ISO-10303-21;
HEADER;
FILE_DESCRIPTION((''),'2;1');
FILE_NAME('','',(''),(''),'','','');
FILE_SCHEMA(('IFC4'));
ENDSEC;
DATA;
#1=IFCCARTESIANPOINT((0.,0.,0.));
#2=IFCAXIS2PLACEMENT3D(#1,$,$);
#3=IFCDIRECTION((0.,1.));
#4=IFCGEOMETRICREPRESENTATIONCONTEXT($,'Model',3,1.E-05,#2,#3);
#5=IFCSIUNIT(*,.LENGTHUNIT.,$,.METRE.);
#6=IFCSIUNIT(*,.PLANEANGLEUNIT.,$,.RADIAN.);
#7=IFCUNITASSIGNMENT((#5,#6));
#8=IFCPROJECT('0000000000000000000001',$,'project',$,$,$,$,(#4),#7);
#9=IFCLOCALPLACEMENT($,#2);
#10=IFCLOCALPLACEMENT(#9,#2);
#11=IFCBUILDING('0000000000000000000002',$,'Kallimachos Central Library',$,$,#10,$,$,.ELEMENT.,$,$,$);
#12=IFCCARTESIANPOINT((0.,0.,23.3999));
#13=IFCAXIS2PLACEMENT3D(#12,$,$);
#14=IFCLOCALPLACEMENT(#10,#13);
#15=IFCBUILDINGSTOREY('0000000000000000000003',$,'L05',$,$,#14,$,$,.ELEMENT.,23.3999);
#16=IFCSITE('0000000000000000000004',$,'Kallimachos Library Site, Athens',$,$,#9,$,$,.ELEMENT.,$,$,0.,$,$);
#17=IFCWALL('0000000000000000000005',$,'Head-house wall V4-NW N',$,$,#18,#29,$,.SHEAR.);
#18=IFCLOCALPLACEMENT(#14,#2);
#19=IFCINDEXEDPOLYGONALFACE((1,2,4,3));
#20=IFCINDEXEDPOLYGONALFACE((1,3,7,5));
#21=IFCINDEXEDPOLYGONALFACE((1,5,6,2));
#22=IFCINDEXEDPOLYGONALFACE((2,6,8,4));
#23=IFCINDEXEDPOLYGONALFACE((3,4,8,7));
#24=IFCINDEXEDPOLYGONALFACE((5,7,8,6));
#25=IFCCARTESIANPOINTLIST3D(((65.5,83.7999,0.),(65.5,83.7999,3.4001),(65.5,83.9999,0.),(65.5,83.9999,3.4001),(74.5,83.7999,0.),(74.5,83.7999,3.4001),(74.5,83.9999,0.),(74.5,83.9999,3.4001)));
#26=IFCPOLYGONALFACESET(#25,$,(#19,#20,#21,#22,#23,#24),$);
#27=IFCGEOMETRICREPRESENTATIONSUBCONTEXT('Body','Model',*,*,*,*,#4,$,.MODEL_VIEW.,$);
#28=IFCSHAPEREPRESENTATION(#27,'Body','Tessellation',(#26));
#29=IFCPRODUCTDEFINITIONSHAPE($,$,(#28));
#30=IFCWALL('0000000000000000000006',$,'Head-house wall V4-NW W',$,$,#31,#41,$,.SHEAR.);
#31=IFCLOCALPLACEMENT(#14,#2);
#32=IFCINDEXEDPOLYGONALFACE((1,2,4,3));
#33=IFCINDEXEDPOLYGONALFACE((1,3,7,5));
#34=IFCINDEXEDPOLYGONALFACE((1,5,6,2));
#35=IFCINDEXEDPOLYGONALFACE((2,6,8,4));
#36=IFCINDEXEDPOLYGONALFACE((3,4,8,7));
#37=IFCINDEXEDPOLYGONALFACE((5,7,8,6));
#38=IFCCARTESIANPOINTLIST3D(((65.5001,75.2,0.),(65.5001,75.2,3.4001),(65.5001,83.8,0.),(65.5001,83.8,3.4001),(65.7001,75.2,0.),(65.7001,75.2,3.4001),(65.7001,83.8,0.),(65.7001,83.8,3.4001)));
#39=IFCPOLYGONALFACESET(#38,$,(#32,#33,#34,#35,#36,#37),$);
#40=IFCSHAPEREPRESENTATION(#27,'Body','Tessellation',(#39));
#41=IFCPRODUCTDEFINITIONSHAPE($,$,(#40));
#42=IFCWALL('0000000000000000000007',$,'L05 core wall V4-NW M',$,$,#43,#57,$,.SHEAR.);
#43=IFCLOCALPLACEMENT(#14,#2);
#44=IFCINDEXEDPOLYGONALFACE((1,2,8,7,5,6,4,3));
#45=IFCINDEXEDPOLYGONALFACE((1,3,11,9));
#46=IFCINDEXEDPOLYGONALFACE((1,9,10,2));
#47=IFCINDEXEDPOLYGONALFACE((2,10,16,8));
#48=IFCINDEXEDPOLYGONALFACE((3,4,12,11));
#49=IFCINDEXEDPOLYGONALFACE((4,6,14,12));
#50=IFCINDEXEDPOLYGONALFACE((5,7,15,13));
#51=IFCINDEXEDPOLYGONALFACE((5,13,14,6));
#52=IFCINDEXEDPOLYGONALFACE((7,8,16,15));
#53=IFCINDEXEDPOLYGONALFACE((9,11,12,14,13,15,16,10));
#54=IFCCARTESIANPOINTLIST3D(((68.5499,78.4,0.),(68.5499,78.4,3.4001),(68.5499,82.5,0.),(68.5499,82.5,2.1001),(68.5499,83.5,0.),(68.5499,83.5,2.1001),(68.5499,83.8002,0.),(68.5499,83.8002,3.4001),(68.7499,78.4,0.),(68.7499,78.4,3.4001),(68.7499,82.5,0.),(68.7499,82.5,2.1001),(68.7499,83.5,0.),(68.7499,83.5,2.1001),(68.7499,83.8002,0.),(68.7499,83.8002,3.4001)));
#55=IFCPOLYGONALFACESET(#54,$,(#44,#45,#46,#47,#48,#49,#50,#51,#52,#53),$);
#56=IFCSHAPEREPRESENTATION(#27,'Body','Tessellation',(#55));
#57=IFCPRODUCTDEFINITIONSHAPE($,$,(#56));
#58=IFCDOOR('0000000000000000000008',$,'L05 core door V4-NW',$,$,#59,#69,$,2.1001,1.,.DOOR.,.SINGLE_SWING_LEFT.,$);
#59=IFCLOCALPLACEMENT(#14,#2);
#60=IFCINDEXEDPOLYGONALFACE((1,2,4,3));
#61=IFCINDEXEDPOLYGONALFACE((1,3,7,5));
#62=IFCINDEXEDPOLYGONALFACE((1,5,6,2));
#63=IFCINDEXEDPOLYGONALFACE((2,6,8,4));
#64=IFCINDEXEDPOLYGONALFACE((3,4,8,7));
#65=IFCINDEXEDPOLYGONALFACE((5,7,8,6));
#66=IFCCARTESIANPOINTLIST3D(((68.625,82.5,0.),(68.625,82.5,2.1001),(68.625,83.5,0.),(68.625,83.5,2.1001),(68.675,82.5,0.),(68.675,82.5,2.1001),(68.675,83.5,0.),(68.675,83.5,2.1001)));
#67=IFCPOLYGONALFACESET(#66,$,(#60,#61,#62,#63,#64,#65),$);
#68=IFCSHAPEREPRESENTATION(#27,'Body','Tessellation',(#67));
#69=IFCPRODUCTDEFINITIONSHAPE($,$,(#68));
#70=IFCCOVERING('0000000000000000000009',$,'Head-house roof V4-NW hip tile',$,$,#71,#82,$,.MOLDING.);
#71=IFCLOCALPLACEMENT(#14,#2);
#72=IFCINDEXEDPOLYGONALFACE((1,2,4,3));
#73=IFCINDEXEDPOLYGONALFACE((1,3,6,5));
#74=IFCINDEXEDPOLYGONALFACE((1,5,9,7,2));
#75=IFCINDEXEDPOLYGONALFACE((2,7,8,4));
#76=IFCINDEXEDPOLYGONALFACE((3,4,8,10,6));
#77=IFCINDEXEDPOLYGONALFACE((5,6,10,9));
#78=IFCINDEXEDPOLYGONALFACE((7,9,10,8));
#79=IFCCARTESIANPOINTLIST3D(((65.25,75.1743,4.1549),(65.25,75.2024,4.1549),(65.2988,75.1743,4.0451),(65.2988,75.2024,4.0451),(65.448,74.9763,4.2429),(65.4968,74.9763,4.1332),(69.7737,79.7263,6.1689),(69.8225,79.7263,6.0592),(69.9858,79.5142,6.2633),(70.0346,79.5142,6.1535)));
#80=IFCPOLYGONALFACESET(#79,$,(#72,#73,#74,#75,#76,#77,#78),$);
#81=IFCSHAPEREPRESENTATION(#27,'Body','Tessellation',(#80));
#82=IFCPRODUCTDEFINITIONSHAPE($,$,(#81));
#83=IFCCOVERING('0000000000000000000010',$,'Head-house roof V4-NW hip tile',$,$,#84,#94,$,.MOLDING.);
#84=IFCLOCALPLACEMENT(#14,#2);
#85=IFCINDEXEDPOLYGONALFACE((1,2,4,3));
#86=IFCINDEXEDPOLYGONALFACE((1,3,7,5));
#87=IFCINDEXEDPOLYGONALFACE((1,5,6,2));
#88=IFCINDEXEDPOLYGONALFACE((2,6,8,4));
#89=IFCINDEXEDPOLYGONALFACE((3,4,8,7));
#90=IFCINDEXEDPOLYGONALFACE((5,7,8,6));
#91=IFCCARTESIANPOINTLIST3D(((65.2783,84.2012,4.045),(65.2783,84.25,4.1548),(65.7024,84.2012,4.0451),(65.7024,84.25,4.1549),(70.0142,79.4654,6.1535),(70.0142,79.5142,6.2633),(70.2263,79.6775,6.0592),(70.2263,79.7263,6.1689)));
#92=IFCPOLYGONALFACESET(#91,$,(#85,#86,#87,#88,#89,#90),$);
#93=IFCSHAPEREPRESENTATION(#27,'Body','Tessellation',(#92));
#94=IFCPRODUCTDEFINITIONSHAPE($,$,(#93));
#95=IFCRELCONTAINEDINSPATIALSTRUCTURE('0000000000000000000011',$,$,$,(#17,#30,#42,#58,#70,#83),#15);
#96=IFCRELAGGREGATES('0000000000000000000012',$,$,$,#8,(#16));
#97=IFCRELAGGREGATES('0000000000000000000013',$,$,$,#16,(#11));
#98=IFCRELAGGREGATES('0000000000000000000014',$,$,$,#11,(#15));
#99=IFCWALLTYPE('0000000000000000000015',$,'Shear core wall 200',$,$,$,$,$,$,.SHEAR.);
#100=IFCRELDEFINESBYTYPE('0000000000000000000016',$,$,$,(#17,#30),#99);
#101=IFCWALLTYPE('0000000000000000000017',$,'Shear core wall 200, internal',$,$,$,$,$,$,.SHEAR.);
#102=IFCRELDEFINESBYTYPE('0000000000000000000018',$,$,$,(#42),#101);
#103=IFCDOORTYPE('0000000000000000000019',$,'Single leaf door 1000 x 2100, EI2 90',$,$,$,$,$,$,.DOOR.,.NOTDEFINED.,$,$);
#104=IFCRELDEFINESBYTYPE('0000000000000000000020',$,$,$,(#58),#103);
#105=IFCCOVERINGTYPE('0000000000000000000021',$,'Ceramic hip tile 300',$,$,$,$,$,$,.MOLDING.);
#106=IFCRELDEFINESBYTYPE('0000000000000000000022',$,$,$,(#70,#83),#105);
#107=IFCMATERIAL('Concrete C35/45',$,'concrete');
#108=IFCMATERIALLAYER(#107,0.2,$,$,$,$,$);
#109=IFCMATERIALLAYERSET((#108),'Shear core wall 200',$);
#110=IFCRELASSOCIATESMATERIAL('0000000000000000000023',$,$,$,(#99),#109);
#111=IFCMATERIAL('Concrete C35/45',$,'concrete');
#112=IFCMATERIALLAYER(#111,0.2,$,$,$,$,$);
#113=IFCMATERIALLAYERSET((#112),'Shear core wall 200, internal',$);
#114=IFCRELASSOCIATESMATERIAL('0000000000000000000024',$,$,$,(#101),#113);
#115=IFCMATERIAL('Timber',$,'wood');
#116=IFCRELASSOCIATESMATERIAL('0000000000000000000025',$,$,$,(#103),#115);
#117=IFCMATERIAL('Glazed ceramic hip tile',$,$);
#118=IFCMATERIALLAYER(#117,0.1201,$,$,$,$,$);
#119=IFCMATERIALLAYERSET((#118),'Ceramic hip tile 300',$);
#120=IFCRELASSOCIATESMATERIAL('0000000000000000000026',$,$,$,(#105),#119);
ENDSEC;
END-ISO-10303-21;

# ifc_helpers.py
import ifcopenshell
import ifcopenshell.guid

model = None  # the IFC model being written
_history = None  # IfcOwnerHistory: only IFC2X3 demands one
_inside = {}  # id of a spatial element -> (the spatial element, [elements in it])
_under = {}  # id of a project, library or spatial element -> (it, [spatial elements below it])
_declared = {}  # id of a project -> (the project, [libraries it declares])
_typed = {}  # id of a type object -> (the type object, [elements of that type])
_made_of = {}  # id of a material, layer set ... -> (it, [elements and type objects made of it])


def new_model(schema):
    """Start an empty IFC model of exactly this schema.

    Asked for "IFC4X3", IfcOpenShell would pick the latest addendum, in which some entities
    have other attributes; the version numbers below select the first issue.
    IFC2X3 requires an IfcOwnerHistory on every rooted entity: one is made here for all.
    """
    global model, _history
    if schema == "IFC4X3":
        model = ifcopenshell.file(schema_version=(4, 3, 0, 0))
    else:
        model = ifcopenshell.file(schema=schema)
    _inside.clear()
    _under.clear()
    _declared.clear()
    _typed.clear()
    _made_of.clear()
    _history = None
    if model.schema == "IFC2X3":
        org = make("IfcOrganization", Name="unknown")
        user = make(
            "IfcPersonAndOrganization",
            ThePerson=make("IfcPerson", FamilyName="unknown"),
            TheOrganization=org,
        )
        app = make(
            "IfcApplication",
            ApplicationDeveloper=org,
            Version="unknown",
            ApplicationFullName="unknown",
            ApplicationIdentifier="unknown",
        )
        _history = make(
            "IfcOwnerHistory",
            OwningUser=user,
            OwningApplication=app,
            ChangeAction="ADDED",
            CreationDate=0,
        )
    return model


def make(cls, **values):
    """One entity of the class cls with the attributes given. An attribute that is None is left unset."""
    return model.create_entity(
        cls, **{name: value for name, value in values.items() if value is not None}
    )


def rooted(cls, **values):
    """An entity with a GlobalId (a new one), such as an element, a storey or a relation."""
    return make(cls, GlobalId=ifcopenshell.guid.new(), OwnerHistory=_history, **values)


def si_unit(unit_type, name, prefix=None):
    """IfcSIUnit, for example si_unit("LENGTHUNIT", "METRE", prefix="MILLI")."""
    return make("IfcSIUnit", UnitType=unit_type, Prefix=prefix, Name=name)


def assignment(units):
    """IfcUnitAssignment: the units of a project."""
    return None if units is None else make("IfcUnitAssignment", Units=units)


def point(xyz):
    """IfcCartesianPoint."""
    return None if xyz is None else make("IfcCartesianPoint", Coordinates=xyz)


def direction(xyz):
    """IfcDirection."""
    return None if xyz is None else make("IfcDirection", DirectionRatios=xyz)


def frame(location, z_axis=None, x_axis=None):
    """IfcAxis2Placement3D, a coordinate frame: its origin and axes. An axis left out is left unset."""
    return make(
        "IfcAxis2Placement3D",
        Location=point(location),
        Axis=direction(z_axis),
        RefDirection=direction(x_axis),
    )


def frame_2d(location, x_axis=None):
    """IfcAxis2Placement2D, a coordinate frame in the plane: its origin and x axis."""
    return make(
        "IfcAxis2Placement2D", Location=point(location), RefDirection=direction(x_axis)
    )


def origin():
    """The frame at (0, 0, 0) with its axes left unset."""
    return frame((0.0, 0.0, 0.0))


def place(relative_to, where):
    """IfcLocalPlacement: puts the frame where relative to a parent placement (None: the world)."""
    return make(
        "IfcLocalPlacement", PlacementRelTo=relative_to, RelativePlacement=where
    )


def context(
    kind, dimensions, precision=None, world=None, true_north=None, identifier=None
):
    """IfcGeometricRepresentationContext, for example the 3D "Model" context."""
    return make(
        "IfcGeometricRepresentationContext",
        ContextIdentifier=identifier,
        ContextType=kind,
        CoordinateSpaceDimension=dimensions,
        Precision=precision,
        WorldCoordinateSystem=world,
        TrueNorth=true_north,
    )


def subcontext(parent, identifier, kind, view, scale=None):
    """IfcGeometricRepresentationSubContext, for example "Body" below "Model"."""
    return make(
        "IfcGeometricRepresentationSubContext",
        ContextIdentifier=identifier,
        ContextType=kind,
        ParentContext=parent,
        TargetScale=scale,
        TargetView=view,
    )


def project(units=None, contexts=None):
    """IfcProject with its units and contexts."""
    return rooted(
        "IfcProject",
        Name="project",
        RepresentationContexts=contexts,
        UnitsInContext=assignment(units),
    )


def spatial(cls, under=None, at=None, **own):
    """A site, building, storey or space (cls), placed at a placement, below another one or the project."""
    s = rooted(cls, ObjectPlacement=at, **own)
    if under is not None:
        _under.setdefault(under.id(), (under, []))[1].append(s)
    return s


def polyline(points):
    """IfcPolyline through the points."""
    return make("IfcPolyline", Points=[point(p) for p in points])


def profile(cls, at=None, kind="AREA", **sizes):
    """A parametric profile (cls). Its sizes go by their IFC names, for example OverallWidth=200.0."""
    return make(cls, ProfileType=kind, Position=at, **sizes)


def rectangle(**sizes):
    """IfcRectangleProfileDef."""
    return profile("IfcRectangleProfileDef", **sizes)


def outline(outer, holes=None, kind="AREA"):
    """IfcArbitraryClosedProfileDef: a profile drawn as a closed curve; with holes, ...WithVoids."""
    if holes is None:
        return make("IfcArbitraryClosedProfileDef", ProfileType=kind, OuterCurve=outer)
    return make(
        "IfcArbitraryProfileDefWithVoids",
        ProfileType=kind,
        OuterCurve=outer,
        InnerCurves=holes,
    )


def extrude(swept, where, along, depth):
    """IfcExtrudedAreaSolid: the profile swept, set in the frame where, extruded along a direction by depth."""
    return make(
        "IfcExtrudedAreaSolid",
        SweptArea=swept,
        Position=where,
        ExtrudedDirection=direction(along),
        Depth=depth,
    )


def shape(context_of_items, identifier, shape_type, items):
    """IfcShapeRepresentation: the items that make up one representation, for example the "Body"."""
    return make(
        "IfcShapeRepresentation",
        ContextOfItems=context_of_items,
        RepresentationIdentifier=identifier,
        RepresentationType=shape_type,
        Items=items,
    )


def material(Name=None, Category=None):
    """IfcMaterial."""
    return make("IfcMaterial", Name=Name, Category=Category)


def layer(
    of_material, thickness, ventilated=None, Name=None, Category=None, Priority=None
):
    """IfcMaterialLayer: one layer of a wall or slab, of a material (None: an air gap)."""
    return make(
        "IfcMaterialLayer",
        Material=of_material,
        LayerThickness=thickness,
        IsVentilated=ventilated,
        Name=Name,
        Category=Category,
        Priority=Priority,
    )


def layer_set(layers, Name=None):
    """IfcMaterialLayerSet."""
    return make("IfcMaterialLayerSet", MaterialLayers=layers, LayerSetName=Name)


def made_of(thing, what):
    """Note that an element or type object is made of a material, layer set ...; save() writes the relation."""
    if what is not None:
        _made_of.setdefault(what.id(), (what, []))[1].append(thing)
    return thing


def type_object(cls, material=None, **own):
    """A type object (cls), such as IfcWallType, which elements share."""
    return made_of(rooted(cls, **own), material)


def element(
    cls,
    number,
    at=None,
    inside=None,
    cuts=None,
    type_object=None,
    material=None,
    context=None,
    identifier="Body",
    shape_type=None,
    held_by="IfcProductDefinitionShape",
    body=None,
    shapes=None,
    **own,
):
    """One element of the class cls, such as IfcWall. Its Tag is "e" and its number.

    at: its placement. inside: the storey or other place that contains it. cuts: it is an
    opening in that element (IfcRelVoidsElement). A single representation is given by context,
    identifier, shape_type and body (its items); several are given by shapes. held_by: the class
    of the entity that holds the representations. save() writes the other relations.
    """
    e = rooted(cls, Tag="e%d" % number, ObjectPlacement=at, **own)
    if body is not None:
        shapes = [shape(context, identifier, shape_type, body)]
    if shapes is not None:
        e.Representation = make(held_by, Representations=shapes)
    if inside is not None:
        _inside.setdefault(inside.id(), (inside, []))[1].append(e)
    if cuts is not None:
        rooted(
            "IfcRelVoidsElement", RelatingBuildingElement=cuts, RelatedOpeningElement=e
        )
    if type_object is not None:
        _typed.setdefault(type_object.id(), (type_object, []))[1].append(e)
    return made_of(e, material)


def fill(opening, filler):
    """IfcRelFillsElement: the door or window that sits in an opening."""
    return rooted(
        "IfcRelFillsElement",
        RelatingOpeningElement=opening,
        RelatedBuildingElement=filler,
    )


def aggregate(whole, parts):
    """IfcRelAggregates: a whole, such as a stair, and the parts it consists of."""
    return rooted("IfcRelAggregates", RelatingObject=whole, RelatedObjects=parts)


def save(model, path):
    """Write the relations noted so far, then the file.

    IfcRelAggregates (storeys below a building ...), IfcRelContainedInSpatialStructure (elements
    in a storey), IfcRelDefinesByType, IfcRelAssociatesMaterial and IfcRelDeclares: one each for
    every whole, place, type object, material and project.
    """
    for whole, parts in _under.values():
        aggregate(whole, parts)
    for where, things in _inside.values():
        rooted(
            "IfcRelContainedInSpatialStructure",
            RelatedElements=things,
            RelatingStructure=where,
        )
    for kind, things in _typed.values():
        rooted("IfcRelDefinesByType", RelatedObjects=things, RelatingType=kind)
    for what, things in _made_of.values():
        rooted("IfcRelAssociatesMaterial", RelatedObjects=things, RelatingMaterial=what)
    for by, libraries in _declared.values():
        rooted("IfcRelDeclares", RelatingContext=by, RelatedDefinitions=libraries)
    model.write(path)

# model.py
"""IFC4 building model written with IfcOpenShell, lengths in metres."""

from ifc_helpers import new_model, si_unit, direction, frame, frame_2d, origin, place, context, subcontext, project, spatial, polyline, rectangle, outline, extrude, material, layer, layer_set, type_object, element, fill, save


model = new_model("IFC4")

# Units and contexts
model_context = context("Model", 3, precision=1e-05, world=origin(), true_north=direction((0.0, 1.0)))
body_context = subcontext(model_context, "Body", "Model", "MODEL_VIEW")
ifc_project = project(units=[si_unit("LENGTHUNIT", "METRE"), si_unit("PLANEANGLEUNIT", "RADIAN")], contexts=[model_context])

# Site, building, storey
site_placement = place(None, origin())
site = spatial("IfcSite", under=ifc_project, at=site_placement, Name="Kallimachos Library Site, Athens", CompositionType="ELEMENT", RefElevation=0.0)
building_placement = place(site_placement, origin())
building = spatial("IfcBuilding", under=site, at=building_placement, Name="Kallimachos Central Library", CompositionType="ELEMENT")
storey_placement = place(building_placement, frame((0.0, 0.0, 23.3999)))
storey = spatial("IfcBuildingStorey", under=building, at=storey_placement, Name="L05", CompositionType="ELEMENT", Elevation=23.3999)

# Walls
ifc_material_1 = material(Name="Concrete C35/45", Category="concrete")
ifc_layer_1 = layer(ifc_material_1, 0.2)
ifc_layer_set_1 = layer_set([ifc_layer_1], Name="Shear core wall 200")
wall_type_1 = type_object("IfcWallType", Name="Shear core wall 200", PredefinedType="SHEAR", material=ifc_layer_set_1)
wall_1_placement = place(storey_placement, frame((65.5, 83.8999, 0.0), z_axis=(0.0, 0.0, 1.0), x_axis=(1.0, 0.0, 0.0)))
element("IfcWall", 1, at=wall_1_placement, inside=storey, type_object=wall_type_1, Name="Head-house wall V4-NW N", PredefinedType="SHEAR", context=body_context, shape_type="SweptSolid", body=[
    extrude(rectangle(XDim=9.0, YDim=0.2, at=frame_2d((4.5, 0.0))), origin(), (0.0, 0.0, 1.0), 3.4001),
])
wall_2_placement = place(storey_placement, frame((65.6001, 75.2, 0.0), z_axis=(0.0, 0.0, 1.0), x_axis=(0.0, 1.0, 0.0)))
element("IfcWall", 2, at=wall_2_placement, inside=storey, type_object=wall_type_1, Name="Head-house wall V4-NW W", PredefinedType="SHEAR", context=body_context, shape_type="SweptSolid", body=[
    extrude(rectangle(XDim=8.6001, YDim=0.2, at=frame_2d((4.3, 0.0))), origin(), (0.0, 0.0, 1.0), 3.4001),
])

# Wall, opening, door
ifc_material_2 = material(Name="Concrete C35/45", Category="concrete")
ifc_layer_2 = layer(ifc_material_2, 0.2)
ifc_layer_set_2 = layer_set([ifc_layer_2], Name="Shear core wall 200, internal")
wall_type_2 = type_object("IfcWallType", Name="Shear core wall 200, internal", PredefinedType="SHEAR", material=ifc_layer_set_2)
wall_3_placement = place(storey_placement, frame((68.6499, 78.3999, 0.0), z_axis=(0.0, 0.0, 1.0), x_axis=(0.0, 1.0, 0.0)))
wall_3 = element("IfcWall", 3, at=wall_3_placement, inside=storey, type_object=wall_type_2, Name="L05 core wall V4-NW M", PredefinedType="SHEAR", context=body_context, shape_type="SweptSolid", body=[
    extrude(rectangle(XDim=5.4001, YDim=0.2, at=frame_2d((2.7002, 0.0))), origin(), (0.0, 0.0, 1.0), 3.4001),
])
opening_1_placement = place(wall_3_placement, frame((4.1001, 0.0, 0.0)))
opening_1 = element("IfcOpeningElement", 4, at=opening_1_placement, cuts=wall_3, PredefinedType="OPENING", context=body_context, shape_type="SweptSolid", body=[
    extrude(rectangle(XDim=1.0, YDim=2.1001, at=frame_2d((0.5, 1.05))), frame((0.0, 0.1099, 0.0), z_axis=(0.0, -1.0, 0.0), x_axis=(1.0, 0.0, 0.0)), (0.0, 0.0, 1.0), 0.22),
])
ifc_material_3 = material(Name="Timber", Category="wood")
door_type_1 = type_object("IfcDoorType", Name="Single leaf door 1000 x 2100, EI2 90", OperationType="NOTDEFINED", PredefinedType="DOOR", material=ifc_material_3)
door_1_placement = place(opening_1_placement, origin())
door_1 = element("IfcDoor", 5, at=door_1_placement, inside=storey, type_object=door_type_1, Name="L05 core door V4-NW", OperationType="SINGLE_SWING_LEFT", OverallHeight=2.1001, OverallWidth=1.0, PredefinedType="DOOR", context=body_context, shape_type="SweptSolid", body=[
    extrude(rectangle(XDim=1.0, YDim=2.1001, at=frame_2d((0.5, 1.05))), frame((0.0, 0.0249, 0.0), z_axis=(0.0, -1.0, 0.0), x_axis=(1.0, 0.0, 0.0)), (0.0, 0.0, 1.0), 0.05),
])
fill(opening_1, door_1)

# Coverings
ifc_material_4 = material(Name="Glazed ceramic hip tile")
ifc_layer_3 = layer(ifc_material_4, 0.1201)
ifc_layer_set_3 = layer_set([ifc_layer_3], Name="Ceramic hip tile 300")
covering_type = type_object("IfcCoveringType", Name="Ceramic hip tile 300", PredefinedType="MOLDING", material=ifc_layer_set_3)
covering_1_placement = place(storey_placement, frame((69.7737, 79.7263, 6.1689), z_axis=(-0.40652, -0.000257, 0.913642), x_axis=(0.674495, -0.674614, 0.299923)))
element("IfcCovering", 6, at=covering_1_placement, inside=storey, type_object=covering_type, Name="Head-house roof V4-NW hip tile", PredefinedType="MOLDING", context=body_context, shape_type="SweptSolid", body=[
    extrude(outline(polyline([(0.0, 0.0), (0.3145, 0.0), (-0.2909, -6.7007), (-0.5844, -6.7007), (-0.6034, -6.68), (0.0, 0.0)])), origin(), (0.0, 0.0, -1.0), 0.1201),
])
covering_2_placement = place(storey_placement, frame((70.2263, 79.7263, 6.1689), z_axis=(-0.000236, 0.406535, 0.913635), x_axis=(-0.674614, -0.674484, 0.299947)))
element("IfcCovering", 7, at=covering_2_placement, inside=storey, type_object=covering_type, Name="Head-house roof V4-NW hip tile", PredefinedType="MOLDING", context=body_context, shape_type="SweptSolid", body=[
    extrude(outline(polyline([(0.0, 0.0), (0.3145, 0.0), (-0.3173, -6.993), (-0.6034, -6.68), (0.0, 0.0)])), origin(), (0.0, 0.0, -1.0), 0.1201),
])

save(model, "model.ifc")
